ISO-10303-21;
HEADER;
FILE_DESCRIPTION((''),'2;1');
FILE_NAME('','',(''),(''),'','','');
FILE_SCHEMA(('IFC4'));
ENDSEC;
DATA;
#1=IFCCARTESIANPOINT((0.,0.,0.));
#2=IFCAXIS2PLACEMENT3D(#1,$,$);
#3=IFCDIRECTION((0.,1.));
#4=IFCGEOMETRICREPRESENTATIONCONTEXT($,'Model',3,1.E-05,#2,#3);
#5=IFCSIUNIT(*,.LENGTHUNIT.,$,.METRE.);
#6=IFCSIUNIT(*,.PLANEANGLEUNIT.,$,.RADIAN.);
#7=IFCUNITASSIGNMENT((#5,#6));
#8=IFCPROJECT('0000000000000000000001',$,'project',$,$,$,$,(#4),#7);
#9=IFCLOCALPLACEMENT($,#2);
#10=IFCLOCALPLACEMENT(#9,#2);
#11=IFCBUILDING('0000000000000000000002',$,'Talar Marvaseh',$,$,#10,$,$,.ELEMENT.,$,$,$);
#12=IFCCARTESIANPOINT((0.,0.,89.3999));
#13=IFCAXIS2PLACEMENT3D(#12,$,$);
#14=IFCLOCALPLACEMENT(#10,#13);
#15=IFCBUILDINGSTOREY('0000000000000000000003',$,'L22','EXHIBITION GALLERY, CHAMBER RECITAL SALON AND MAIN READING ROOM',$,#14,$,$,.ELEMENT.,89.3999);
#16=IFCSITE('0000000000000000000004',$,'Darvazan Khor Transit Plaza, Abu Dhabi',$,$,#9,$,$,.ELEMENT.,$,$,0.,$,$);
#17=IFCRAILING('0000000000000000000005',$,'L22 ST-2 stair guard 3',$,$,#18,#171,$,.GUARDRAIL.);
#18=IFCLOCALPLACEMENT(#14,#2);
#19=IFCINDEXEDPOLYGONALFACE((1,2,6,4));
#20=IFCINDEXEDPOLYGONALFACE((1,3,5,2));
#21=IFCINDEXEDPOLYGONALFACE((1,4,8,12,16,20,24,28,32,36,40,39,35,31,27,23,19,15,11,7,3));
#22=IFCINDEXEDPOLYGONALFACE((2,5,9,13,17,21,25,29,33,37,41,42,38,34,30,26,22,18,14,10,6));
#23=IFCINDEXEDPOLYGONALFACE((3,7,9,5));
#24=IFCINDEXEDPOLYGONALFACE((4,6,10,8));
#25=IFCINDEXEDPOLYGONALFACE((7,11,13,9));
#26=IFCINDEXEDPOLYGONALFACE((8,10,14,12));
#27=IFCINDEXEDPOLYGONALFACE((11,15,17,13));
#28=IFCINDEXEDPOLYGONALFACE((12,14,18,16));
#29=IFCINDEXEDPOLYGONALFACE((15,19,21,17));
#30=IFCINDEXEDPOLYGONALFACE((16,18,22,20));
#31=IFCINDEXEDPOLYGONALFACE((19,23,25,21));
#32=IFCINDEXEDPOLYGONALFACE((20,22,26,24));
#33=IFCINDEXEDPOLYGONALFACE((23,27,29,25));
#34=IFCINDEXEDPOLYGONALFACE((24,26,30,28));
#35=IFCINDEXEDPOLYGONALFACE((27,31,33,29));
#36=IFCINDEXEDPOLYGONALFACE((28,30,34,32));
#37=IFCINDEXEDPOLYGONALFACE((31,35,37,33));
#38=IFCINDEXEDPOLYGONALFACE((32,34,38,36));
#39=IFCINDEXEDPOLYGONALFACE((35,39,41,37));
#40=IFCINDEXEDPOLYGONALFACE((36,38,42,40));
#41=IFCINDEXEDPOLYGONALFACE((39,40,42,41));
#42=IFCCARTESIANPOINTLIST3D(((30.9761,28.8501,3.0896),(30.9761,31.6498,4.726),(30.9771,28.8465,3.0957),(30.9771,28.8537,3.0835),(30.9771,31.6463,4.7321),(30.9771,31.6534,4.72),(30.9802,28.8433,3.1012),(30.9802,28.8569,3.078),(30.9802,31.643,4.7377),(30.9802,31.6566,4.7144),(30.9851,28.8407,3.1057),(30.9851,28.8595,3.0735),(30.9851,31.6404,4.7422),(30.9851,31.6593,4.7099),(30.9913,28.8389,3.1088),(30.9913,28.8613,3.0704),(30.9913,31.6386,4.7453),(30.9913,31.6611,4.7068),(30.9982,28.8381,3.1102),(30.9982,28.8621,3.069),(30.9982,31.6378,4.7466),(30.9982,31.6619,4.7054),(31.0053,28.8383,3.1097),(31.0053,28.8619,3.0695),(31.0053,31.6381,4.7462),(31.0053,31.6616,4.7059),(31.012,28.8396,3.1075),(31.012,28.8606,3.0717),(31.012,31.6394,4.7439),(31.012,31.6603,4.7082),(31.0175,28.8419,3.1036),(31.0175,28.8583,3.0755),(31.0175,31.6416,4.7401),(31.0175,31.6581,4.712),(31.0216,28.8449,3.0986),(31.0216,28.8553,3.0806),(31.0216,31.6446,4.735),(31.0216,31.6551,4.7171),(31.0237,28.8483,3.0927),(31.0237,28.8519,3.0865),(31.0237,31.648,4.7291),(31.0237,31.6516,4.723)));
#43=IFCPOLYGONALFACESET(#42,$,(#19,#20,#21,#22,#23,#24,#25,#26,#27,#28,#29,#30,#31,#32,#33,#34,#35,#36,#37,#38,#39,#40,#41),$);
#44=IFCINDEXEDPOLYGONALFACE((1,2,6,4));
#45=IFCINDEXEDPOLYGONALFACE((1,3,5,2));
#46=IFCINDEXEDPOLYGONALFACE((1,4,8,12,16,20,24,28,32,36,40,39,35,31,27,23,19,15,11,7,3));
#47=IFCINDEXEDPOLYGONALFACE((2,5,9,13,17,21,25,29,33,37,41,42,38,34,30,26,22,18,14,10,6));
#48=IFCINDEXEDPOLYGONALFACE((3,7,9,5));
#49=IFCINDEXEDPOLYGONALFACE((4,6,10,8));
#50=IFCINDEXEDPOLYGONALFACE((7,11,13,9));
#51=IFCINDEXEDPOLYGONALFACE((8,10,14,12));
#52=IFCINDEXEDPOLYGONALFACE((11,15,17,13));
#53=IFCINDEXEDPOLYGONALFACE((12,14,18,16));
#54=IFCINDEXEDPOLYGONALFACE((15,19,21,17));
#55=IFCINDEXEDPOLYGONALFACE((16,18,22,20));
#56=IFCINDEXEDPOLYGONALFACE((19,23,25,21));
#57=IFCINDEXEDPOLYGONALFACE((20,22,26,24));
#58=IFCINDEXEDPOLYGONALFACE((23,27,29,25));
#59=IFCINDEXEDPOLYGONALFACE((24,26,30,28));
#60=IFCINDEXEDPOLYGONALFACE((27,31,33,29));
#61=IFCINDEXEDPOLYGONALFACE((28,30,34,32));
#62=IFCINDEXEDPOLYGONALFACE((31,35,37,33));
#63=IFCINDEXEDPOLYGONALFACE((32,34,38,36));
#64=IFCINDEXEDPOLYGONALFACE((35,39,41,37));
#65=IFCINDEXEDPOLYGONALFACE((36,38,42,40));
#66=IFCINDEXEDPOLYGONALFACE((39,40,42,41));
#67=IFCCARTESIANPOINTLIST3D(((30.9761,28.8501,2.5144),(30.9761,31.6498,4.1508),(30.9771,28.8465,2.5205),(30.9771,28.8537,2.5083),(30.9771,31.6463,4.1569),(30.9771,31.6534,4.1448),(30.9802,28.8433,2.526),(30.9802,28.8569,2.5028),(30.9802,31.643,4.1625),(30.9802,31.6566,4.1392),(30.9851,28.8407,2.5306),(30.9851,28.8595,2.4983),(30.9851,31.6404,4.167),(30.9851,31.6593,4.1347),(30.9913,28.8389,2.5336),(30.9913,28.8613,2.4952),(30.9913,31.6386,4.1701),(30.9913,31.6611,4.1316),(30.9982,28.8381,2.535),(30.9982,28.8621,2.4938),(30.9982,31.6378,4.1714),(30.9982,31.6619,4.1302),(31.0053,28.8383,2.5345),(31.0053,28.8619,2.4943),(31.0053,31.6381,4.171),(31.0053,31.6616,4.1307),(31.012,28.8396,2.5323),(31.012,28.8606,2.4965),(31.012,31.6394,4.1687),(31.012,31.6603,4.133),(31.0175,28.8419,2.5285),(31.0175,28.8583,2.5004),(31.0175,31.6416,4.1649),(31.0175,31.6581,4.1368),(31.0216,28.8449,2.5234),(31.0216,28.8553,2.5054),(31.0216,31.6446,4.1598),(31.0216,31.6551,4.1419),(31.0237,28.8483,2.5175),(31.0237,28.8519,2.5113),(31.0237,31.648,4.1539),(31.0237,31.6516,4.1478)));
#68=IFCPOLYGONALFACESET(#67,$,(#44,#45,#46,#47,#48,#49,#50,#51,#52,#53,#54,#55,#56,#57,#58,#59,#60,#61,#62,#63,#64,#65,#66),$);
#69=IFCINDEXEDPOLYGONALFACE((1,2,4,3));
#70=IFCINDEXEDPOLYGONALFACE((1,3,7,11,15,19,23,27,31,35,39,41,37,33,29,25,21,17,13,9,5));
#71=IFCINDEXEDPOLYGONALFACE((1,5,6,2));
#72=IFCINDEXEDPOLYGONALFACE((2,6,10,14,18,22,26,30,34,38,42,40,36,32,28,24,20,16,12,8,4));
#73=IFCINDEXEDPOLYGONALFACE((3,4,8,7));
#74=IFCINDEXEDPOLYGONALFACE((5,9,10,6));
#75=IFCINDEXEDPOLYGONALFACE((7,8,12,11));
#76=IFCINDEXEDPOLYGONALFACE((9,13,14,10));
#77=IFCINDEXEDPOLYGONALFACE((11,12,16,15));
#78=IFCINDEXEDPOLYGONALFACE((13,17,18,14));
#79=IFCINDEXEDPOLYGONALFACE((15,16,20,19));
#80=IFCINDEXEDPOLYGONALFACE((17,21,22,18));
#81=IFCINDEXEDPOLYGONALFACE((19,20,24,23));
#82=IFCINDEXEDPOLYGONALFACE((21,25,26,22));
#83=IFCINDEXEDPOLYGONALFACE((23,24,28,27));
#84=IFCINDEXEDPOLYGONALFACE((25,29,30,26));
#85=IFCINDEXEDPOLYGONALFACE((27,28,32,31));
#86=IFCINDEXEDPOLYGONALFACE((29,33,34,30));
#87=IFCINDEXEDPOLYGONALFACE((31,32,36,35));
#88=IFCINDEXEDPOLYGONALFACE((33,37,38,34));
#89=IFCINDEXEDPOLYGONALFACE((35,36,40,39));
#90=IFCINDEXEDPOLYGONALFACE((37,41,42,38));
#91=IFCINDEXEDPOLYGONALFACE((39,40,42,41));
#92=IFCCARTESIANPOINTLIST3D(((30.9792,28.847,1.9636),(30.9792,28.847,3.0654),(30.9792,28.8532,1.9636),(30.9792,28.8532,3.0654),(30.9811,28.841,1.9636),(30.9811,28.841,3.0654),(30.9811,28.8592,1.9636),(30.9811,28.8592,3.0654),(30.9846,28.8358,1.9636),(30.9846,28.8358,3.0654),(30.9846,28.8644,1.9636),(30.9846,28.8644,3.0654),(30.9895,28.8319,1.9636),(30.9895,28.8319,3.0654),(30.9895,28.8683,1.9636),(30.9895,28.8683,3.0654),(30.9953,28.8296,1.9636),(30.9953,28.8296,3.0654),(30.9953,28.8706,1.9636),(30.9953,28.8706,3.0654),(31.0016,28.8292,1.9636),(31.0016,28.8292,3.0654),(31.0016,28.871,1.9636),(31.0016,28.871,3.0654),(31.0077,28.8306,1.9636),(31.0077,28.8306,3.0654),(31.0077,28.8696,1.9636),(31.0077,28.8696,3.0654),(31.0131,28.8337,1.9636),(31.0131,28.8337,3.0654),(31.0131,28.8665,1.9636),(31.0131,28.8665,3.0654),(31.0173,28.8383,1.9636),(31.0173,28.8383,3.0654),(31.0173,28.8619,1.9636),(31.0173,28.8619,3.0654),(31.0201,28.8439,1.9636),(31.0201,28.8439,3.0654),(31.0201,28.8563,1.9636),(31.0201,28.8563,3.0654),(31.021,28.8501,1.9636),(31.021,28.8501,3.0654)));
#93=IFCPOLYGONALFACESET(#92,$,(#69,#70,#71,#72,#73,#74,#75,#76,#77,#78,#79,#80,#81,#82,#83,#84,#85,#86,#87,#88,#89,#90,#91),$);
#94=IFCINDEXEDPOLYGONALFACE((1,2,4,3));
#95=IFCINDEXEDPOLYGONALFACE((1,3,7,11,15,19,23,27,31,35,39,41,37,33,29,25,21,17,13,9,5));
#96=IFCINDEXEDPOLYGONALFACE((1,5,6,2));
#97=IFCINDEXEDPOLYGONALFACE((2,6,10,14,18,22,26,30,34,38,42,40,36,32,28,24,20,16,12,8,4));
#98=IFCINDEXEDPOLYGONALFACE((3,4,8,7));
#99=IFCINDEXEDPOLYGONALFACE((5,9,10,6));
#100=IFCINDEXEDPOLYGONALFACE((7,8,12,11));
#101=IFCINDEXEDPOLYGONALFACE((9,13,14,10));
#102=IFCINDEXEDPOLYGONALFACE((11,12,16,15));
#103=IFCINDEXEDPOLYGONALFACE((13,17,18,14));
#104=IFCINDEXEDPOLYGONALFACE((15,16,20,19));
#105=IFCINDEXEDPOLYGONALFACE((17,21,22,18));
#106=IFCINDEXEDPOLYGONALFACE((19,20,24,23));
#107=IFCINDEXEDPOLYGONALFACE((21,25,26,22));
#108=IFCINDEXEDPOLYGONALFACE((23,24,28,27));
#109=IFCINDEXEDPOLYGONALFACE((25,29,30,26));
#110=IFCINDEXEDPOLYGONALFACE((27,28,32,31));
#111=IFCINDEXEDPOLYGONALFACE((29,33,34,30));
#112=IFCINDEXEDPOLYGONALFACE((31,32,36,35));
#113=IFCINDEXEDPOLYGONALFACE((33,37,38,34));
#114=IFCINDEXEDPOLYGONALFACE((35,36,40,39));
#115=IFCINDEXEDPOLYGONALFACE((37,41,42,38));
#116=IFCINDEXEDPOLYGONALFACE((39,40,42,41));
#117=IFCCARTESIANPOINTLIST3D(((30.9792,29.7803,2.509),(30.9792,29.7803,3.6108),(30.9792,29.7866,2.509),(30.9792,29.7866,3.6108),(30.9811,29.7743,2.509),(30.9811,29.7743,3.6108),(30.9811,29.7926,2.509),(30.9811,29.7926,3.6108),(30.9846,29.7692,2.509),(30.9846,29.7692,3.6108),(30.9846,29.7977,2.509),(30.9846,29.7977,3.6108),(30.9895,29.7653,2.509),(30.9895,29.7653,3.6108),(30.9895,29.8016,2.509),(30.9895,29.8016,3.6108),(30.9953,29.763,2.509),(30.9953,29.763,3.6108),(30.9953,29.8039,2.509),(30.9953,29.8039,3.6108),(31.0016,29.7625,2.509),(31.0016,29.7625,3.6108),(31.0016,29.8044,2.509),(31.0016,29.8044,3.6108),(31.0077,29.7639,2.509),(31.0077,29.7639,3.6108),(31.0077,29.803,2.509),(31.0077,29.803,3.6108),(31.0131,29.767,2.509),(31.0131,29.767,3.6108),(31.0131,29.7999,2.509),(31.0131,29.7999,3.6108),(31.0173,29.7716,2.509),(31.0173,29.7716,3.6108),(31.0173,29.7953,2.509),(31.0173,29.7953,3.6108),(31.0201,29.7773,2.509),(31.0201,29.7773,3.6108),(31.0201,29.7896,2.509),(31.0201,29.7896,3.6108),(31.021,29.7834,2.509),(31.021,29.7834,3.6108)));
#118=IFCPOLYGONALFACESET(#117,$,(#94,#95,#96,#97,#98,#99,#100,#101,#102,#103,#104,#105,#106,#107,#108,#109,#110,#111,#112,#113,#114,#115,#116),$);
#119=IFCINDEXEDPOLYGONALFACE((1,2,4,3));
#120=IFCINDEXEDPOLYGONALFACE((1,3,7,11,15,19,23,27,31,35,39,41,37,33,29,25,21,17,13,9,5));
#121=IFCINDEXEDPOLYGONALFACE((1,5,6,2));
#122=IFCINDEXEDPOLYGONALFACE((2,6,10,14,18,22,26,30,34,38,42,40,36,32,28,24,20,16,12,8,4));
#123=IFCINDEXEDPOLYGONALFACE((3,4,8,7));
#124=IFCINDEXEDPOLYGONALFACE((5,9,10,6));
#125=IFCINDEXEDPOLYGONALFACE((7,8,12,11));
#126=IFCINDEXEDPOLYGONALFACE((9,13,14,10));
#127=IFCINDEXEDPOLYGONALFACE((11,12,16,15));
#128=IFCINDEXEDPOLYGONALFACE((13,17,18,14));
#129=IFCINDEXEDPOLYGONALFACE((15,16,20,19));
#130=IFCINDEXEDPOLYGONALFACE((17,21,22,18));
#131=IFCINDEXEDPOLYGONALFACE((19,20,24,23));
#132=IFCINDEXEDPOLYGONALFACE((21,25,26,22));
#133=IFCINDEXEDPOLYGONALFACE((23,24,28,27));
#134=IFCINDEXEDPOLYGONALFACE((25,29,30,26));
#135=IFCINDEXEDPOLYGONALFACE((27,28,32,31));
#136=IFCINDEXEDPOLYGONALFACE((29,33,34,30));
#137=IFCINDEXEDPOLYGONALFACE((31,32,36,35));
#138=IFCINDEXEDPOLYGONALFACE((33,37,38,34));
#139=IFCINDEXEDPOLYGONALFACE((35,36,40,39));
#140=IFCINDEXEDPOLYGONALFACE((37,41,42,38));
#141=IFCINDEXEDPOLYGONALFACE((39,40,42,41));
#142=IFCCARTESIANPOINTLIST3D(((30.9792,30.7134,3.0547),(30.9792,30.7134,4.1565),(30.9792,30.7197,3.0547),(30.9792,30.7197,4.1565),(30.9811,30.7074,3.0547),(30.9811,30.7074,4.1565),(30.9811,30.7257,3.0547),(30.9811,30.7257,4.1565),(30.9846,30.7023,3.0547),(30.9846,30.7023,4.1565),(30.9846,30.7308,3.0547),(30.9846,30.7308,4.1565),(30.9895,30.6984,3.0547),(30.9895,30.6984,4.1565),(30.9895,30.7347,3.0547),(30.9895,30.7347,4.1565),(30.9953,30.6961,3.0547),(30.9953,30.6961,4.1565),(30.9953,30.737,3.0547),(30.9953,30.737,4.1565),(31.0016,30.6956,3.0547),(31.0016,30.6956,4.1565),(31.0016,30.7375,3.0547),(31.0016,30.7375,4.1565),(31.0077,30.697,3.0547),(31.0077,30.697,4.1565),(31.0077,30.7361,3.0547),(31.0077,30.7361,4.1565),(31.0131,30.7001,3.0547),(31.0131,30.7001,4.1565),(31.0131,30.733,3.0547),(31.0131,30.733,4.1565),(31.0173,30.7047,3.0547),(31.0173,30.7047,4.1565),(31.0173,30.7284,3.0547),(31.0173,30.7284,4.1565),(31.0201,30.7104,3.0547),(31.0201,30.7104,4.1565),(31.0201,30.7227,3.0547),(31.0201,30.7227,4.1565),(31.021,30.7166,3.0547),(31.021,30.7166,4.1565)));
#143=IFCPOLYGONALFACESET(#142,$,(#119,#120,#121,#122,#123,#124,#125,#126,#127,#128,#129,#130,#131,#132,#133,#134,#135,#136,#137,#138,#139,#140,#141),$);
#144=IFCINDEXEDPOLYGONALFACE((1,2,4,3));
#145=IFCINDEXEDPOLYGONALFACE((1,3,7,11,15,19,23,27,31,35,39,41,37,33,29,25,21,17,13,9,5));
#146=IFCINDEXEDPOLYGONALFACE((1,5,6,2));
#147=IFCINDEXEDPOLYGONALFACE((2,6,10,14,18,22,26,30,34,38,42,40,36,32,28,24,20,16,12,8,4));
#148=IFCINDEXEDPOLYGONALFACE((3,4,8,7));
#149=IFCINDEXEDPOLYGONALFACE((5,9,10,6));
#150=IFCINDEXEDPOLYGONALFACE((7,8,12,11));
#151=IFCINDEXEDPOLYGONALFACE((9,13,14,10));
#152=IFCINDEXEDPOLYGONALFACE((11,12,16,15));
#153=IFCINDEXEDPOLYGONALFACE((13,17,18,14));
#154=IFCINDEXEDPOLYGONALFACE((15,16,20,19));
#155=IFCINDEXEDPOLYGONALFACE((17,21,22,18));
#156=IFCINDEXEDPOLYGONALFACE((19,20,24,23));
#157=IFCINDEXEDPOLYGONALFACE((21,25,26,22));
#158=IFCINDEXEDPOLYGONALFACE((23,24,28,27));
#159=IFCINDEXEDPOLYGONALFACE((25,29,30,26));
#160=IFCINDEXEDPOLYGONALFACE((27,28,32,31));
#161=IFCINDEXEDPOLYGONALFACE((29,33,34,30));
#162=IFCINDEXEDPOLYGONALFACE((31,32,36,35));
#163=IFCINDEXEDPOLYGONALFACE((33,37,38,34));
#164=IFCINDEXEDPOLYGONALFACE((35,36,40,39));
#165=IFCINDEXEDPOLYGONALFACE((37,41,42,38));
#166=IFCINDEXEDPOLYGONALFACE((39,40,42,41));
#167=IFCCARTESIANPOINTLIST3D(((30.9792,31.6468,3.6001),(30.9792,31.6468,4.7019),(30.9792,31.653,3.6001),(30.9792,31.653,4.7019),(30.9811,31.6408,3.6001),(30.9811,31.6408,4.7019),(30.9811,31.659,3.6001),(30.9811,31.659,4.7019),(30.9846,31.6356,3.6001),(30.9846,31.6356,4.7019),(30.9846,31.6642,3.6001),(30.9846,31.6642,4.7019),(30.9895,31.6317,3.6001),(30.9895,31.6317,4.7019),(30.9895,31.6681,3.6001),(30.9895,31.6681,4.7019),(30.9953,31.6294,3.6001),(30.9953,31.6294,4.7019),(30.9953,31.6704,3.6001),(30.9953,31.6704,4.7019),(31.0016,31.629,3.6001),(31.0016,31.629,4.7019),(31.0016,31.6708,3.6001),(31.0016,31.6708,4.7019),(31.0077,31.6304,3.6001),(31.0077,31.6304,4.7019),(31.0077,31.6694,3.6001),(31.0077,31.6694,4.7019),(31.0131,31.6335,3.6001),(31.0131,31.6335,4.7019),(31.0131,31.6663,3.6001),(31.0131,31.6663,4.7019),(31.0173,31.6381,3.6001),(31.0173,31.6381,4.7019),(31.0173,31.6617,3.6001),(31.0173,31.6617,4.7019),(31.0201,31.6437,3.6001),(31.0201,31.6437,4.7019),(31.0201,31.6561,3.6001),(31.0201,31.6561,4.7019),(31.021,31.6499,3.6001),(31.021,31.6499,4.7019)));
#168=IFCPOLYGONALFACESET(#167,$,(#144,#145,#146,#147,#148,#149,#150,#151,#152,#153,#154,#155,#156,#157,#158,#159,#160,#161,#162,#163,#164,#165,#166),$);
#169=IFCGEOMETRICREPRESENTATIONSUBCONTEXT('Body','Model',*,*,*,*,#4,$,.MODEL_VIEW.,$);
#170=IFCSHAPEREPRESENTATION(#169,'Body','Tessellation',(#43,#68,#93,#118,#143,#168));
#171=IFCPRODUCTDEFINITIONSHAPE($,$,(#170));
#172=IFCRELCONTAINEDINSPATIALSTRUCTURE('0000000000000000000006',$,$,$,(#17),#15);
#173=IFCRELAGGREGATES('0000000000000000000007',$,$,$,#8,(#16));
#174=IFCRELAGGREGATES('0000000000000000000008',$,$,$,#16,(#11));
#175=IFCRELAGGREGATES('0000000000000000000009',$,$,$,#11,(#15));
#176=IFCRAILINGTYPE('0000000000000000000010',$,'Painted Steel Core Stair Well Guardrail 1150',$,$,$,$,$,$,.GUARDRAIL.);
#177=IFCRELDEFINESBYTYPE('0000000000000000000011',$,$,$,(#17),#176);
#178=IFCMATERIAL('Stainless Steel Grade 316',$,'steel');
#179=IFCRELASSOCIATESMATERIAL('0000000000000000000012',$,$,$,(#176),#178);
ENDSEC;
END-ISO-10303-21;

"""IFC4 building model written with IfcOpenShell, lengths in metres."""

from ifc_helpers import new_model, si_unit, direction, frame, origin, origin_2d, place, context, subcontext, project, spatial, circle, extrude, material, type_object, element, save


model = new_model("IFC4")

# Units and contexts
model_context = context("Model", 3, precision=1e-05, world=origin(), true_north=direction((0.0, 1.0)))
body_context = subcontext(model_context, "Body", "Model", "MODEL_VIEW")
ifc_project = project(units=[si_unit("LENGTHUNIT", "METRE"), si_unit("PLANEANGLEUNIT", "RADIAN")], contexts=[model_context])

# Site, building, storey
site_placement = place(None, origin())
site = spatial("IfcSite", under=ifc_project, at=site_placement, Name="Darvazan Khor Transit Plaza, Abu Dhabi", CompositionType="ELEMENT", RefElevation=0.0)
building_placement = place(site_placement, origin())
building = spatial("IfcBuilding", under=site, at=building_placement, Name="Talar Marvaseh", CompositionType="ELEMENT")
storey_placement = place(building_placement, frame((0.0, 0.0, 89.3999)))
storey = spatial("IfcBuildingStorey", under=building, at=storey_placement, Name="L22", Description="EXHIBITION GALLERY, CHAMBER RECITAL SALON AND MAIN READING ROOM", CompositionType="ELEMENT", Elevation=89.3999)

# Railing
ifc_material_1 = material(Name="Stainless Steel Grade 316", Category="steel")
railing_type_1 = type_object("IfcRailingType", Name="Painted Steel Core Stair Well Guardrail 1150", PredefinedType="GUARDRAIL", material=ifc_material_1)
railing_1_placement = place(storey_placement, frame((31.0, 28.8501, 1.9636)))
element("IfcRailing", 1, at=railing_1_placement, inside=storey, type_object=railing_type_1, Name="L22 ST-2 stair guard 3", PredefinedType="GUARDRAIL", context=body_context, shape_type="SweptSolid", body=[
    extrude(circle(Radius=0.0239, at=origin_2d()), frame((0.0, 0.0, 1.126), z_axis=(0.0, 0.863342, 0.50462), x_axis=(-1.0, 0.0, 0.0)), (0.0, 0.0, 1.0), 3.2429),
    extrude(circle(Radius=0.0239, at=origin_2d()), frame((0.0, 0.0, 0.5508), z_axis=(0.0, 0.863342, 0.50462), x_axis=(-1.0, 0.0, 0.0)), (0.0, 0.0, 1.0), 3.2429),
    extrude(circle(Radius=0.021, at=origin_2d()), origin(), (0.0, 0.0, 1.0), 1.1018),
    extrude(circle(Radius=0.021, at=origin_2d()), frame((0.0, 0.9333, 0.5454)), (0.0, 0.0, 1.0), 1.1018),
    extrude(circle(Radius=0.021, at=origin_2d()), frame((0.0, 1.8665, 1.0911)), (0.0, 0.0, 1.0), 1.1018),
    extrude(circle(Radius=0.021, at=origin_2d()), frame((0.0, 2.7998, 1.6365)), (0.0, 0.0, 1.0), 1.1018),
])

save(model, "model.ifc")
